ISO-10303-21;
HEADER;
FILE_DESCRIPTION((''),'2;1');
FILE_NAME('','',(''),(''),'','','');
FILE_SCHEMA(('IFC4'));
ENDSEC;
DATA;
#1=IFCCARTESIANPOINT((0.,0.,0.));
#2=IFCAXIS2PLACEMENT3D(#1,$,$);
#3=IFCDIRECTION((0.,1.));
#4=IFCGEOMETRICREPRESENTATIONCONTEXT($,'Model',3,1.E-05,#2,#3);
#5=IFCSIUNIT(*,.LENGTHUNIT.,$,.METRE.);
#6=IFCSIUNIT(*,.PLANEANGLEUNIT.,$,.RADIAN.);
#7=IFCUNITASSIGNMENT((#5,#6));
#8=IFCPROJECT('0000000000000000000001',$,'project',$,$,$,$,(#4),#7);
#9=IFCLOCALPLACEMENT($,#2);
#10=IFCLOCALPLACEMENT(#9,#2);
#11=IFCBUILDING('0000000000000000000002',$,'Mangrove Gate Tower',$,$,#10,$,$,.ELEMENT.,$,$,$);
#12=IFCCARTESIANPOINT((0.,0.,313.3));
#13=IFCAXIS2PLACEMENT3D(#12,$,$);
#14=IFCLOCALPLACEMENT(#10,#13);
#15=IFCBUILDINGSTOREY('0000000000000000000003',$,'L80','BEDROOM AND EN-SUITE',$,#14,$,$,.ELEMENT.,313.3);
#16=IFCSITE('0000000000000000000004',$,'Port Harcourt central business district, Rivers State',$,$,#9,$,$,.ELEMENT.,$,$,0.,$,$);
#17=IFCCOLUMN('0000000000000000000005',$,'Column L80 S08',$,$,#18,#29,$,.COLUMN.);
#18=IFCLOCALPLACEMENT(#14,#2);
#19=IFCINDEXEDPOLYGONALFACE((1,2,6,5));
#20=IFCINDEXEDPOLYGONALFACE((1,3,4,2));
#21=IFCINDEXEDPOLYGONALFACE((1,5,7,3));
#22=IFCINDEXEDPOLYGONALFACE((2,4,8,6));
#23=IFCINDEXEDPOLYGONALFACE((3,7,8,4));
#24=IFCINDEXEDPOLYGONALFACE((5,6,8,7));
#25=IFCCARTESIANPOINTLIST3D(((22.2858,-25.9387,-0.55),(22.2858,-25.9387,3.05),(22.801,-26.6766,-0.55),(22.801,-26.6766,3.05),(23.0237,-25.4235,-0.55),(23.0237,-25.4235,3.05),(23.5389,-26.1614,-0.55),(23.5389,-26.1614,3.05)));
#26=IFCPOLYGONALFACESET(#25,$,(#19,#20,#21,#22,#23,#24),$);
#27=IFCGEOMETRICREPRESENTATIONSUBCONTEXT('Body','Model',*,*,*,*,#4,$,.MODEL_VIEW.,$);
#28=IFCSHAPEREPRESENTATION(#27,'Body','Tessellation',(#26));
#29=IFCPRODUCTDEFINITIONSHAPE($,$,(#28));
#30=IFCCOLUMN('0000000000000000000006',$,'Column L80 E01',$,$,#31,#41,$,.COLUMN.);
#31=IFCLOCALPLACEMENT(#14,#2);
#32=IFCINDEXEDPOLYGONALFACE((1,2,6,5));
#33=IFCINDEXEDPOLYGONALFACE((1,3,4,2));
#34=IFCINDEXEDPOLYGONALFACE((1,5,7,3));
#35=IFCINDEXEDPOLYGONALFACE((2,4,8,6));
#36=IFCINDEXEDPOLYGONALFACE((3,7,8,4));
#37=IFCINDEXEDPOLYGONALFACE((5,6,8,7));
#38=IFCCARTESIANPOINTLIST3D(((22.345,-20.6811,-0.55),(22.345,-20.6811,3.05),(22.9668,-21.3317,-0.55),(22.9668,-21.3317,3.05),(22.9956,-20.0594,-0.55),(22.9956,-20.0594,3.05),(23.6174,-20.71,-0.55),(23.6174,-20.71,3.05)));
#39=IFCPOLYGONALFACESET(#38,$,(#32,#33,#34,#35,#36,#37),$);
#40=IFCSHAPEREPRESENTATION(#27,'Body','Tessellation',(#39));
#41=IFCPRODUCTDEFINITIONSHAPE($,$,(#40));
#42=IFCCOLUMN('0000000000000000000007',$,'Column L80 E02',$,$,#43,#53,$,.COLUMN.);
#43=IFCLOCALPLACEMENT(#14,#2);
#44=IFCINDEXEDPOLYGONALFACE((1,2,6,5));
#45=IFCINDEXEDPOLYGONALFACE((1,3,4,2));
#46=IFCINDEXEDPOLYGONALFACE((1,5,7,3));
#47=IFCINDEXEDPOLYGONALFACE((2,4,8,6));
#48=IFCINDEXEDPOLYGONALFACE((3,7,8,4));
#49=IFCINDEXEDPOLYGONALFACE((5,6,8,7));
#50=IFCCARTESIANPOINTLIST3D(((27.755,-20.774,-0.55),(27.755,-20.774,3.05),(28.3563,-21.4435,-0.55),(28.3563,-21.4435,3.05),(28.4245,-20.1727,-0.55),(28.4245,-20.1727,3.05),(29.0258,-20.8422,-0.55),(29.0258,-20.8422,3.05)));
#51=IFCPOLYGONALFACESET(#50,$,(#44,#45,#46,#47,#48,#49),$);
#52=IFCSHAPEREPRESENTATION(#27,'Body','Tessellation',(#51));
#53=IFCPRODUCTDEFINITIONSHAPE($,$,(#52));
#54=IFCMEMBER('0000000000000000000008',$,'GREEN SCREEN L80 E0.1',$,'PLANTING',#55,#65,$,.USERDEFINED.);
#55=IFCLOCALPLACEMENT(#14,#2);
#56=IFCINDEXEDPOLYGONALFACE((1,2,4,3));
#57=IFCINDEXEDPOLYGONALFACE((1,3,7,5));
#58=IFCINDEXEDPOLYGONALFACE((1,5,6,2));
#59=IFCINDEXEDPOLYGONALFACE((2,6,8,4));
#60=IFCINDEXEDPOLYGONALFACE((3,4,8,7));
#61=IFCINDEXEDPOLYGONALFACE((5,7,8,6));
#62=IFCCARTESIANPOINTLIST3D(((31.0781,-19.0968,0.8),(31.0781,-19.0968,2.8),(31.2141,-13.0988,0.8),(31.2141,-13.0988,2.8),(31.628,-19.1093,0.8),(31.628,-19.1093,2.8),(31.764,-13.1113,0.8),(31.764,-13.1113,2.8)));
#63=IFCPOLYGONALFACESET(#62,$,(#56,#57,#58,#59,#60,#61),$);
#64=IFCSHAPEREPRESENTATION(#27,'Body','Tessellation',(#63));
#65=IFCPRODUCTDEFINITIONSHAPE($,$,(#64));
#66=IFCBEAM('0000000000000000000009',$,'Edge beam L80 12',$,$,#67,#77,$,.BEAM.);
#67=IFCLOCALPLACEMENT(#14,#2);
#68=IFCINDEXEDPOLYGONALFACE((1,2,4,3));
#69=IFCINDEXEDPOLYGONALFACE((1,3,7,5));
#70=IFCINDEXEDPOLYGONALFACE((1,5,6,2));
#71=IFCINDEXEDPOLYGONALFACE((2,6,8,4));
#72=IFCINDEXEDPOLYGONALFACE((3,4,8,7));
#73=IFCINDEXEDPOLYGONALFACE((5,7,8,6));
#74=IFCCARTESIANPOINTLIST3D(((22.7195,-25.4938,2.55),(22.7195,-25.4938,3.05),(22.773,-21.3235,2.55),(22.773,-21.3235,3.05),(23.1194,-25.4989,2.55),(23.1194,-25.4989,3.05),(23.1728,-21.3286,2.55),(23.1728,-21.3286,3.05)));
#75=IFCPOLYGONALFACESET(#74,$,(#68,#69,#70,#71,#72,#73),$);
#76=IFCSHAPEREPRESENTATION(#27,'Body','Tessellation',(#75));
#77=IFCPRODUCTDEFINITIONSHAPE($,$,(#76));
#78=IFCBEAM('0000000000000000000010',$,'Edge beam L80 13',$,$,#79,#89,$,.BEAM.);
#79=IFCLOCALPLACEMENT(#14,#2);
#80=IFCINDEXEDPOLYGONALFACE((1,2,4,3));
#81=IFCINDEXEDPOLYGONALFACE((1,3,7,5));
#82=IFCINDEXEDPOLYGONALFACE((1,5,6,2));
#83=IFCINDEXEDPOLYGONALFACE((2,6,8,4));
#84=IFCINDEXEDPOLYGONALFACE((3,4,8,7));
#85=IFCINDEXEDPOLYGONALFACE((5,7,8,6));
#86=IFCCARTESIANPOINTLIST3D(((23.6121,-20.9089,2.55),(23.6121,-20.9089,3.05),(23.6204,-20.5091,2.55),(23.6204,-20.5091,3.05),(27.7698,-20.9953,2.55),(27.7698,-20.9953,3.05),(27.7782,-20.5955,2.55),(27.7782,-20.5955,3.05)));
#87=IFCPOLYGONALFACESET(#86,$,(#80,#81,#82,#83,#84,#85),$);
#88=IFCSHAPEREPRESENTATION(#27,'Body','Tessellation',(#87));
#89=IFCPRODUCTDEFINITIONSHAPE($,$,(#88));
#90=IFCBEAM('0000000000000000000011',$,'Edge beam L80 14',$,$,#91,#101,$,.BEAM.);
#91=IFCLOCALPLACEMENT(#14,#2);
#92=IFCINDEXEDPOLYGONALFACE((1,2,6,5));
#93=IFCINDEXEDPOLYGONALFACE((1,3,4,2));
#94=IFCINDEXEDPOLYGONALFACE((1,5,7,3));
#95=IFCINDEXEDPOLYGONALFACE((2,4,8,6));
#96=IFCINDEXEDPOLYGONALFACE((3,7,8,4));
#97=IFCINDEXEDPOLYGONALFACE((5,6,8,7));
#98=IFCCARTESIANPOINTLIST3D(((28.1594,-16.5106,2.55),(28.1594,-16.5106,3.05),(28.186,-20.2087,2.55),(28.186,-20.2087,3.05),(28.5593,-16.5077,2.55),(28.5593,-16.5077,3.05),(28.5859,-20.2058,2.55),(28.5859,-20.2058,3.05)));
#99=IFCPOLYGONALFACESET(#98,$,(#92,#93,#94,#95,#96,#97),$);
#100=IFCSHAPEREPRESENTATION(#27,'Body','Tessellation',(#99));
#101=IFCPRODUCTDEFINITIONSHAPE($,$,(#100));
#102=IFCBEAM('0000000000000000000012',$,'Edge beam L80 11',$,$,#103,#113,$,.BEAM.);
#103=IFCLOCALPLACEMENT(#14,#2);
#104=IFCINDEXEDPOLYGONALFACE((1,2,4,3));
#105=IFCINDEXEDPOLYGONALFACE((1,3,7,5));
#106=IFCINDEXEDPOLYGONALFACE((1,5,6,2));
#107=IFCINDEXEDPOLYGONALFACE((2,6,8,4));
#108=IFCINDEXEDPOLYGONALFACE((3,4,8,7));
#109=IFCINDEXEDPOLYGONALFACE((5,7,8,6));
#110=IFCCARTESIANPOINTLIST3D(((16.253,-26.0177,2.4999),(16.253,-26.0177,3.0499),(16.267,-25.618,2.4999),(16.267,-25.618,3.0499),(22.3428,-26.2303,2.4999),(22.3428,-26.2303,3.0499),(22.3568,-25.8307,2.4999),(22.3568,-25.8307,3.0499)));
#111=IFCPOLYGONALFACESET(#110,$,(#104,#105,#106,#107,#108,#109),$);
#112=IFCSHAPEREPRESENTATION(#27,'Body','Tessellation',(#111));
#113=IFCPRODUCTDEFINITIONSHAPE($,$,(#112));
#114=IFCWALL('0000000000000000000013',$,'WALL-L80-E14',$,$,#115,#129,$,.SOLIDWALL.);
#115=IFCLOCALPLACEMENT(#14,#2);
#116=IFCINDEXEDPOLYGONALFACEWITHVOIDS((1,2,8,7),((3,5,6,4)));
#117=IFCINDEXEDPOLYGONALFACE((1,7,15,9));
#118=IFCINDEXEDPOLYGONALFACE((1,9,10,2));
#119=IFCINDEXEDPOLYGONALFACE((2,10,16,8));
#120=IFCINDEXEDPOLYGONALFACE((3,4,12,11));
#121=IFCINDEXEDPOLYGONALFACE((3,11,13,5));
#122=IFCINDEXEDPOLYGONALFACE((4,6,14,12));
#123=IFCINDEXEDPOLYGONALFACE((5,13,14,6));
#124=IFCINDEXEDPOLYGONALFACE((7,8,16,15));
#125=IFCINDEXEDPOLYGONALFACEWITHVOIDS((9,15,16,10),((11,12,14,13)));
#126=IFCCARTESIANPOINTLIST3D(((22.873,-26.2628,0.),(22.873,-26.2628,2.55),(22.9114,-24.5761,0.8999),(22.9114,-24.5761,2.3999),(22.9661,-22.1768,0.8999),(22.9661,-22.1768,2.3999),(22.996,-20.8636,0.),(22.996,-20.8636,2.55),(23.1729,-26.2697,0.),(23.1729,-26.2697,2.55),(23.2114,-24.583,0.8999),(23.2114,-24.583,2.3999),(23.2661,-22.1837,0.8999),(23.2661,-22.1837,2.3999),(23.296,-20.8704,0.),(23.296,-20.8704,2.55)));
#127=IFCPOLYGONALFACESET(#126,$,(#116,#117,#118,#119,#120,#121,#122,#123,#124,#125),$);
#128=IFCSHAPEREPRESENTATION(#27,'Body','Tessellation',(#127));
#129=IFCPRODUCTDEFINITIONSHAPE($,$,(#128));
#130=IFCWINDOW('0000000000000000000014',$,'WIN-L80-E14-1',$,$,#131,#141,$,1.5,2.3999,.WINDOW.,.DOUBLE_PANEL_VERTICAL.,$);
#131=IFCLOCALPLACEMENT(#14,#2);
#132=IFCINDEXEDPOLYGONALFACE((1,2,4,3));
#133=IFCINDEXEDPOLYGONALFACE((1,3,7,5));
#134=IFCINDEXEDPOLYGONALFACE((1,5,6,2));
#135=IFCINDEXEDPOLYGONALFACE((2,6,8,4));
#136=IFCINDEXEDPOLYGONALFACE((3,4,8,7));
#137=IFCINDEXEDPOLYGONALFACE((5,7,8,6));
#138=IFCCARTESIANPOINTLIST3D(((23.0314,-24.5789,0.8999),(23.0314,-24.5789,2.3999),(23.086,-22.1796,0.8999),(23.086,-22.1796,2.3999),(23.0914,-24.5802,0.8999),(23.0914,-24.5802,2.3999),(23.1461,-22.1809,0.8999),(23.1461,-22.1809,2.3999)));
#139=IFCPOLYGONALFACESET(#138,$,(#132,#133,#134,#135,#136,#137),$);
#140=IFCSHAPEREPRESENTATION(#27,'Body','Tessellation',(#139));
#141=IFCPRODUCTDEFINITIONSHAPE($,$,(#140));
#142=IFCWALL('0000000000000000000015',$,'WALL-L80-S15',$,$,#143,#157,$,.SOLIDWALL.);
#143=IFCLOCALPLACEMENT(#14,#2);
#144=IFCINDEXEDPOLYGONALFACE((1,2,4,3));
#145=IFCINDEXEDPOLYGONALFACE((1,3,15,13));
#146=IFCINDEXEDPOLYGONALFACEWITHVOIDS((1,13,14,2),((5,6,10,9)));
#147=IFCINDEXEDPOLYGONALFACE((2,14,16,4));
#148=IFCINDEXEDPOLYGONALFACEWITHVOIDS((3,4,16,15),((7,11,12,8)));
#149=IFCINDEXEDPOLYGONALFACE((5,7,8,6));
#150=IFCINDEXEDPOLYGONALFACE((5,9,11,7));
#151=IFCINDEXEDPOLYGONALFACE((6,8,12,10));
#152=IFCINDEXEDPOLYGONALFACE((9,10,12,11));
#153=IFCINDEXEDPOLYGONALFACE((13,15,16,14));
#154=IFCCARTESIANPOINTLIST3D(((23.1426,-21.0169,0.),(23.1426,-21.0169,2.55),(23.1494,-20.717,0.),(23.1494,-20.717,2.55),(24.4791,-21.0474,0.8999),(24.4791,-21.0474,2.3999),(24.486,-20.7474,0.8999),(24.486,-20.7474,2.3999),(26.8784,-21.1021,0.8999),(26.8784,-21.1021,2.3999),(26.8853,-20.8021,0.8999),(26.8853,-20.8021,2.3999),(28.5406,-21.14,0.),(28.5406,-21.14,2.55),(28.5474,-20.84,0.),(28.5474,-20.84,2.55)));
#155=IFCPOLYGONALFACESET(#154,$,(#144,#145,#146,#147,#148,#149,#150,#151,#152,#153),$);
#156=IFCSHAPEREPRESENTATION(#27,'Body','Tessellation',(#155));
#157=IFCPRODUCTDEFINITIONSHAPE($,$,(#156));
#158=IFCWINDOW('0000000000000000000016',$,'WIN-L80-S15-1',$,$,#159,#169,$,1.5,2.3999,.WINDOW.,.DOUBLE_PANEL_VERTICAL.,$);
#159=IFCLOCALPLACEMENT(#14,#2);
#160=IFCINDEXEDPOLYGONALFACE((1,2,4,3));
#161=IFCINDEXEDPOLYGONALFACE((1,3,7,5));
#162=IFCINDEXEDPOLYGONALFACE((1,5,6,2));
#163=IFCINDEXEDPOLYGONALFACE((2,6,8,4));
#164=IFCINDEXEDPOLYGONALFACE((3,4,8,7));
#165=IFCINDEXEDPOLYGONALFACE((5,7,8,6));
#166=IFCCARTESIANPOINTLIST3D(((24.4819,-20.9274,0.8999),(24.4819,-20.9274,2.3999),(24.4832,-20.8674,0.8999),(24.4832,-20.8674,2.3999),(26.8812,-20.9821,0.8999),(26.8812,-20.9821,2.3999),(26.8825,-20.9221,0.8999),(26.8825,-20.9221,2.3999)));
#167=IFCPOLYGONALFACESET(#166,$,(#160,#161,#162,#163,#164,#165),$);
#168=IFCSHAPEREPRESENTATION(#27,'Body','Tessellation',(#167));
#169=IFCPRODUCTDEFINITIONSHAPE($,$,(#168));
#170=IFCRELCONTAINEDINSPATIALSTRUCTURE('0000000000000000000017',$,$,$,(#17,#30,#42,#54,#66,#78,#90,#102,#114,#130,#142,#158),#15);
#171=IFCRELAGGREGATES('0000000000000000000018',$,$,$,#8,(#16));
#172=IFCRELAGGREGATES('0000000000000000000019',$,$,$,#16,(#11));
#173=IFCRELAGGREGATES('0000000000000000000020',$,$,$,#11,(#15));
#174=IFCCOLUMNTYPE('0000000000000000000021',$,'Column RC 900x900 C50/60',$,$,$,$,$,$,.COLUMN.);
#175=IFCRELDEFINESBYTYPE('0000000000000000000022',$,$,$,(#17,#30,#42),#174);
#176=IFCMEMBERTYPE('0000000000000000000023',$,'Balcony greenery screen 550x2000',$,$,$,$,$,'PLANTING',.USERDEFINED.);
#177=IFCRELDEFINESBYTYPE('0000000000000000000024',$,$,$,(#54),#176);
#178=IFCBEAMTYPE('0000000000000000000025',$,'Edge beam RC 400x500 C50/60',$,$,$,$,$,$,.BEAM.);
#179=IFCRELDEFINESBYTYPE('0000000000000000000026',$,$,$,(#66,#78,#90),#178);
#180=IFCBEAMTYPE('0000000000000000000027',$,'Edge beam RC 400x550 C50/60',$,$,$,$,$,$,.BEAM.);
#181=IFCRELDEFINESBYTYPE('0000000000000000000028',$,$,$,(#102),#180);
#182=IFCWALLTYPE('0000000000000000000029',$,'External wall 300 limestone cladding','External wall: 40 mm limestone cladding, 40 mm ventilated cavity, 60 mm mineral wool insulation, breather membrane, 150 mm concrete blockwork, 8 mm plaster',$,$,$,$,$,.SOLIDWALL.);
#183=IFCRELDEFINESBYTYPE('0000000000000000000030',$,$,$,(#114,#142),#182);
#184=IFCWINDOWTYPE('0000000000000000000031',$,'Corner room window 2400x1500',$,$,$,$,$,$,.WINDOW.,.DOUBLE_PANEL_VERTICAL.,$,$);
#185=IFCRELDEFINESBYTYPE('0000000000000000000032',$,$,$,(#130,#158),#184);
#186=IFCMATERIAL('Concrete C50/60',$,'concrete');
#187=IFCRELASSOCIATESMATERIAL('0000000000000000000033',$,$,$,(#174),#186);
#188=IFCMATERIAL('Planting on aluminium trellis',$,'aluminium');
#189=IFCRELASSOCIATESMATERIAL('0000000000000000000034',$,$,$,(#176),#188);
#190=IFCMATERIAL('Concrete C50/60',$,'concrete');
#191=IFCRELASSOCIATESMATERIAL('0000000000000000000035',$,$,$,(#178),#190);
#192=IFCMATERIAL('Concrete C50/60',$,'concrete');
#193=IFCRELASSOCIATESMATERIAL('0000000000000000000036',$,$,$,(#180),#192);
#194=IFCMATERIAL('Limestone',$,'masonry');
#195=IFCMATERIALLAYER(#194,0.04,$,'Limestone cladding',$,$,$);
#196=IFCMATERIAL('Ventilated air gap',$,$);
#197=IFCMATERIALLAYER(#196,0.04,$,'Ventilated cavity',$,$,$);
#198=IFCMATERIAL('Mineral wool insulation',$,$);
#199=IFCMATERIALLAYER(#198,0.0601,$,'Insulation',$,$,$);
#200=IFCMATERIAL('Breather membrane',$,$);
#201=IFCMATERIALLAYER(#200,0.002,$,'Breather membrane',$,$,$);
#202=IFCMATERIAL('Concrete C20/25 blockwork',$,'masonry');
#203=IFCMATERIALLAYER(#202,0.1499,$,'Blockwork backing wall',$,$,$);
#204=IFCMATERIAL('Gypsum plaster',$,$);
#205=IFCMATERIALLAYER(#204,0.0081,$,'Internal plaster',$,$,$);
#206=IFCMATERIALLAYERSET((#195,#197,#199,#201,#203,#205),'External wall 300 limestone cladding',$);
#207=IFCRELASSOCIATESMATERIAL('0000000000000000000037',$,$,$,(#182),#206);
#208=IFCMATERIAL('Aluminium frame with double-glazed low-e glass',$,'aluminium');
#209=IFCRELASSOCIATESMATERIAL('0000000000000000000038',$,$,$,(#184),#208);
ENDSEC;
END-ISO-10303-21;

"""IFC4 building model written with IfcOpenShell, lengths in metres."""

from ifc_helpers import new_model, si_unit, direction, frame, frame_2d, origin, origin_2d, place, context, subcontext, project, spatial, rectangle, extrude, material, layer, layer_set, material_profile, profile_set, type_object, element, fill, save


model = new_model("IFC4")

# Units and contexts
model_context = context("Model", 3, precision=1e-05, world=origin(), true_north=direction((0.0, 1.0)))
body_context = subcontext(model_context, "Body", "Model", "MODEL_VIEW")
ifc_project = project(units=[si_unit("LENGTHUNIT", "METRE"), si_unit("PLANEANGLEUNIT", "RADIAN")], contexts=[model_context])

# Site, building, storey
site_placement = place(None, origin())
site = spatial("IfcSite", under=ifc_project, at=site_placement, Name="Port Harcourt central business district, Rivers State", CompositionType="ELEMENT", RefElevation=0.0)
building_placement = place(site_placement, origin())
building = spatial("IfcBuilding", under=site, at=building_placement, Name="Mangrove Gate Tower", CompositionType="ELEMENT")
storey_placement = place(building_placement, frame((0.0, 0.0, 313.3)))
storey = spatial("IfcBuildingStorey", under=building, at=storey_placement, Name="L80", Description="BEDROOM AND EN-SUITE", CompositionType="ELEMENT", Elevation=313.3)

# Columns
ifc_material_1 = material(Name="Concrete C50/60", Category="concrete")
ifc_material_profile_1 = material_profile(ifc_material_1, rectangle(XDim=0.8999, YDim=0.8999, at=origin_2d()))
ifc_profile_set_1 = profile_set([ifc_material_profile_1], Name="Concrete C50/60")
column_type = type_object("IfcColumnType", Name="Column RC 900x900 C50/60", PredefinedType="COLUMN", material=ifc_profile_set_1)
for number, where, z_axis, x_axis, name in (
    (1, (22.9124, -26.05, -0.55), (0.0, 0.0, 1.0), (0.81992, 0.572478, 0.0), "Column L80 S08"),
    (2, (22.9812, -20.6956, -0.55), (0.0, 0.0, 1.0), (0.722966, 0.690884, 0.0), "Column L80 E01"),
    (3, (28.3904, -20.8081, -0.55), (0.0, 0.0, 1.0), (0.744005, 0.668174, 0.0), "Column L80 E02"),
):
    element("IfcColumn", number, at=place(storey_placement, frame(where, z_axis=z_axis, x_axis=x_axis)), inside=storey, type_object=column_type, Name=name, PredefinedType="COLUMN", context=body_context, shape_type="SweptSolid", body=[
        extrude(rectangle(XDim=0.8999, YDim=0.8999, at=origin_2d()), origin(), (0.0, 0.0, 1.0), 3.6001),
    ])

# Member
ifc_material_2 = material(Name="Planting on aluminium trellis", Category="aluminium")
ifc_material_profile_2 = material_profile(ifc_material_2, rectangle(XDim=0.55, YDim=2.0, at=origin_2d()))
ifc_profile_set_2 = profile_set([ifc_material_profile_2], Name="Planting on aluminium trellis")
member_type = type_object("IfcMemberType", Name="Balcony greenery screen 550x2000", ElementType="PLANTING", PredefinedType="USERDEFINED", material=ifc_profile_set_2)
member_placement = place(storey_placement, frame((31.353, -19.103, 1.8), z_axis=(0.022666, 0.999743, 0.0), x_axis=(-0.999743, 0.022666, 0.0)))
element("IfcMember", 4, at=member_placement, inside=storey, type_object=member_type, Name="GREEN SCREEN L80 E0.1", ObjectType="PLANTING", PredefinedType="USERDEFINED", context=body_context, shape_type="SweptSolid", body=[
    extrude(rectangle(XDim=0.55, YDim=2.0, at=origin_2d()), origin(), (0.0, 0.0, 1.0), 5.9995),
])

# Beams
ifc_material_3 = material(Name="Concrete C50/60", Category="concrete")
ifc_material_profile_3 = material_profile(ifc_material_3, rectangle(XDim=0.3999, YDim=0.5, at=origin_2d()))
ifc_profile_set_3 = profile_set([ifc_material_profile_3], Name="Concrete C50/60")
beam_type_1 = type_object("IfcBeamType", Name="Edge beam RC 400x500 C50/60", PredefinedType="BEAM", material=ifc_profile_set_3)
beam_1_placement = place(storey_placement, frame((22.9194, -25.4963, 2.8), z_axis=(0.012819, 0.999918, 0.0), x_axis=(-0.999918, 0.012819, 0.0)))
element("IfcBeam", 5, at=beam_1_placement, inside=storey, type_object=beam_type_1, Name="Edge beam L80 12", PredefinedType="BEAM", context=body_context, shape_type="SweptSolid", body=[
    extrude(rectangle(XDim=0.3999, YDim=0.5, at=origin_2d()), origin(), (0.0, 0.0, 1.0), 4.1707),
])
beam_2_placement = place(storey_placement, frame((23.6162, -20.709, 2.8), z_axis=(0.999784, -0.020782, 0.0), x_axis=(0.020782, 0.999784, 0.0)))
element("IfcBeam", 6, at=beam_2_placement, inside=storey, type_object=beam_type_1, Name="Edge beam L80 13", PredefinedType="BEAM", context=body_context, shape_type="SweptSolid", body=[
    extrude(rectangle(XDim=0.3999, YDim=0.5, at=origin_2d()), origin(), (0.0, 0.0, 1.0), 4.1587),
])
beam_3_placement = place(storey_placement, frame((28.386, -20.2073, 2.8), z_axis=(-0.007195, 0.999974, 0.0), x_axis=(-0.999974, -0.007195, 0.0)))
element("IfcBeam", 7, at=beam_3_placement, inside=storey, type_object=beam_type_1, Name="Edge beam L80 14", PredefinedType="BEAM", context=body_context, shape_type="SweptSolid", body=[
    extrude(rectangle(XDim=0.3999, YDim=0.5, at=origin_2d()), origin(), (0.0, 0.0, 1.0), 3.6982),
])
ifc_material_4 = material(Name="Concrete C50/60", Category="concrete")
ifc_material_profile_4 = material_profile(ifc_material_4, rectangle(XDim=0.3999, YDim=0.55, at=origin_2d()))
ifc_profile_set_4 = profile_set([ifc_material_profile_4], Name="Concrete C50/60")
beam_type_2 = type_object("IfcBeamType", Name="Edge beam RC 400x550 C50/60", PredefinedType="BEAM", material=ifc_profile_set_4)
beam_4_placement = place(storey_placement, frame((16.26, -25.8179, 2.7749), z_axis=(0.999391, -0.034897, 0.0), x_axis=(0.034897, 0.999391, 0.0)))
element("IfcBeam", 8, at=beam_4_placement, inside=storey, type_object=beam_type_2, Name="Edge beam L80 11", PredefinedType="BEAM", context=body_context, shape_type="SweptSolid", body=[
    extrude(rectangle(XDim=0.3999, YDim=0.55, at=origin_2d()), origin(), (0.0, 0.0, 1.0), 6.0935),
])

# Shared definitions
ifc_material_5 = material(Name="Limestone", Category="masonry")
ifc_layer_1 = layer(ifc_material_5, 0.04, Name="Limestone cladding")
ifc_material_6 = material(Name="Ventilated air gap")
ifc_layer_2 = layer(ifc_material_6, 0.04, Name="Ventilated cavity")
ifc_material_7 = material(Name="Mineral wool insulation")
ifc_layer_3 = layer(ifc_material_7, 0.0601, Name="Insulation")
ifc_material_8 = material(Name="Breather membrane")
ifc_layer_4 = layer(ifc_material_8, 0.002, Name="Breather membrane")
ifc_material_9 = material(Name="Concrete C20/25 blockwork", Category="masonry")
ifc_layer_5 = layer(ifc_material_9, 0.1499, Name="Blockwork backing wall")
ifc_material_10 = material(Name="Gypsum plaster")
ifc_layer_6 = layer(ifc_material_10, 0.0081, Name="Internal plaster")
ifc_layer_set_1 = layer_set([ifc_layer_1, ifc_layer_2, ifc_layer_3, ifc_layer_4, ifc_layer_5, ifc_layer_6], Name="External wall 300 limestone cladding")
wall_type_1 = type_object("IfcWallType", Name="External wall 300 limestone cladding", Description="External wall: 40 mm limestone cladding, 40 mm ventilated cavity, 60 mm mineral wool insulation, breather membrane, 150 mm concrete blockwork, 8 mm plaster", PredefinedType="SOLIDWALL", material=ifc_layer_set_1)

# Walls, openings, windows
wall_1_placement = place(storey_placement, frame((23.0229, -26.2661, 0.0), z_axis=(0.0, 0.0, 1.0), x_axis=(0.022784, 0.99974, 0.0)))
wall_1 = element("IfcWall", 9, at=wall_1_placement, inside=storey, type_object=wall_type_1, Name="WALL-L80-E14", PredefinedType="SOLIDWALL", context=body_context, shape_type="SweptSolid", body=[
    extrude(rectangle(XDim=5.4006, YDim=0.3, at=frame_2d((2.7002, 0.0))), origin(), (0.0, 0.0, 1.0), 2.55),
])
opening_1_placement = place(wall_1_placement, frame((1.687, 0.0, 0.8999)))
opening_1 = element("IfcOpeningElement", 10, at=opening_1_placement, cuts=wall_1, PredefinedType="OPENING", context=body_context, shape_type="SweptSolid", body=[
    extrude(rectangle(XDim=2.3999, YDim=1.5, at=frame_2d((1.2, 0.75))), frame((0.0, 0.1599, 0.0), z_axis=(0.0, -1.0, 0.0), x_axis=(1.0, 0.0, 0.0)), (0.0, 0.0, 1.0), 0.3201),
])
ifc_material_11 = material(Name="Aluminium frame with double-glazed low-e glass", Category="aluminium")
window_type_1 = type_object("IfcWindowType", Name="Corner room window 2400x1500", PartitioningType="DOUBLE_PANEL_VERTICAL", PredefinedType="WINDOW", material=ifc_material_11)
window_1_placement = place(opening_1_placement, origin())
window_1 = element("IfcWindow", 11, at=window_1_placement, inside=storey, type_object=window_type_1, Name="WIN-L80-E14-1", OverallHeight=1.5, OverallWidth=2.3999, PartitioningType="DOUBLE_PANEL_VERTICAL", PredefinedType="WINDOW", context=body_context, shape_type="SweptSolid", body=[
    extrude(rectangle(XDim=2.3999, YDim=1.5, at=frame_2d((1.2, 0.75))), frame((0.0, 0.03, 0.0), z_axis=(0.0, -1.0, 0.0), x_axis=(1.0, 0.0, 0.0)), (0.0, 0.0, 1.0), 0.0601),
])
fill(opening_1, window_1)
wall_2_placement = place(storey_placement, frame((23.146, -20.8669, 0.0), z_axis=(0.0, 0.0, 1.0), x_axis=(0.99974, -0.022789, 0.0)))
wall_2 = element("IfcWall", 12, at=wall_2_placement, inside=storey, type_object=wall_type_1, Name="WALL-L80-S15", PredefinedType="SOLIDWALL", context=body_context, shape_type="SweptSolid", body=[
    extrude(rectangle(XDim=5.3994, YDim=0.3, at=frame_2d((2.6997, 0.0))), origin(), (0.0, 0.0, 1.0), 2.55),
])
opening_2_placement = place(wall_2_placement, frame((1.3369, 0.0, 0.8999)))
opening_2 = element("IfcOpeningElement", 13, at=opening_2_placement, cuts=wall_2, PredefinedType="OPENING", context=body_context, shape_type="SweptSolid", body=[
    extrude(rectangle(XDim=2.3999, YDim=1.5, at=frame_2d((1.2, 0.75))), frame((0.0, 0.1599, 0.0), z_axis=(0.0, -1.0, 0.0), x_axis=(1.0, 0.0, 0.0)), (0.0, 0.0, 1.0), 0.3201),
])
window_2_placement = place(opening_2_placement, origin())
window_2 = element("IfcWindow", 14, at=window_2_placement, inside=storey, type_object=window_type_1, Name="WIN-L80-S15-1", OverallHeight=1.5, OverallWidth=2.3999, PartitioningType="DOUBLE_PANEL_VERTICAL", PredefinedType="WINDOW", context=body_context, shape_type="SweptSolid", body=[
    extrude(rectangle(XDim=2.3999, YDim=1.5, at=frame_2d((1.2, 0.75))), frame((0.0, 0.03, 0.0), z_axis=(0.0, -1.0, 0.0), x_axis=(1.0, 0.0, 0.0)), (0.0, 0.0, 1.0), 0.0601),
])
fill(opening_2, window_2)

save(model, "model.ifc")
